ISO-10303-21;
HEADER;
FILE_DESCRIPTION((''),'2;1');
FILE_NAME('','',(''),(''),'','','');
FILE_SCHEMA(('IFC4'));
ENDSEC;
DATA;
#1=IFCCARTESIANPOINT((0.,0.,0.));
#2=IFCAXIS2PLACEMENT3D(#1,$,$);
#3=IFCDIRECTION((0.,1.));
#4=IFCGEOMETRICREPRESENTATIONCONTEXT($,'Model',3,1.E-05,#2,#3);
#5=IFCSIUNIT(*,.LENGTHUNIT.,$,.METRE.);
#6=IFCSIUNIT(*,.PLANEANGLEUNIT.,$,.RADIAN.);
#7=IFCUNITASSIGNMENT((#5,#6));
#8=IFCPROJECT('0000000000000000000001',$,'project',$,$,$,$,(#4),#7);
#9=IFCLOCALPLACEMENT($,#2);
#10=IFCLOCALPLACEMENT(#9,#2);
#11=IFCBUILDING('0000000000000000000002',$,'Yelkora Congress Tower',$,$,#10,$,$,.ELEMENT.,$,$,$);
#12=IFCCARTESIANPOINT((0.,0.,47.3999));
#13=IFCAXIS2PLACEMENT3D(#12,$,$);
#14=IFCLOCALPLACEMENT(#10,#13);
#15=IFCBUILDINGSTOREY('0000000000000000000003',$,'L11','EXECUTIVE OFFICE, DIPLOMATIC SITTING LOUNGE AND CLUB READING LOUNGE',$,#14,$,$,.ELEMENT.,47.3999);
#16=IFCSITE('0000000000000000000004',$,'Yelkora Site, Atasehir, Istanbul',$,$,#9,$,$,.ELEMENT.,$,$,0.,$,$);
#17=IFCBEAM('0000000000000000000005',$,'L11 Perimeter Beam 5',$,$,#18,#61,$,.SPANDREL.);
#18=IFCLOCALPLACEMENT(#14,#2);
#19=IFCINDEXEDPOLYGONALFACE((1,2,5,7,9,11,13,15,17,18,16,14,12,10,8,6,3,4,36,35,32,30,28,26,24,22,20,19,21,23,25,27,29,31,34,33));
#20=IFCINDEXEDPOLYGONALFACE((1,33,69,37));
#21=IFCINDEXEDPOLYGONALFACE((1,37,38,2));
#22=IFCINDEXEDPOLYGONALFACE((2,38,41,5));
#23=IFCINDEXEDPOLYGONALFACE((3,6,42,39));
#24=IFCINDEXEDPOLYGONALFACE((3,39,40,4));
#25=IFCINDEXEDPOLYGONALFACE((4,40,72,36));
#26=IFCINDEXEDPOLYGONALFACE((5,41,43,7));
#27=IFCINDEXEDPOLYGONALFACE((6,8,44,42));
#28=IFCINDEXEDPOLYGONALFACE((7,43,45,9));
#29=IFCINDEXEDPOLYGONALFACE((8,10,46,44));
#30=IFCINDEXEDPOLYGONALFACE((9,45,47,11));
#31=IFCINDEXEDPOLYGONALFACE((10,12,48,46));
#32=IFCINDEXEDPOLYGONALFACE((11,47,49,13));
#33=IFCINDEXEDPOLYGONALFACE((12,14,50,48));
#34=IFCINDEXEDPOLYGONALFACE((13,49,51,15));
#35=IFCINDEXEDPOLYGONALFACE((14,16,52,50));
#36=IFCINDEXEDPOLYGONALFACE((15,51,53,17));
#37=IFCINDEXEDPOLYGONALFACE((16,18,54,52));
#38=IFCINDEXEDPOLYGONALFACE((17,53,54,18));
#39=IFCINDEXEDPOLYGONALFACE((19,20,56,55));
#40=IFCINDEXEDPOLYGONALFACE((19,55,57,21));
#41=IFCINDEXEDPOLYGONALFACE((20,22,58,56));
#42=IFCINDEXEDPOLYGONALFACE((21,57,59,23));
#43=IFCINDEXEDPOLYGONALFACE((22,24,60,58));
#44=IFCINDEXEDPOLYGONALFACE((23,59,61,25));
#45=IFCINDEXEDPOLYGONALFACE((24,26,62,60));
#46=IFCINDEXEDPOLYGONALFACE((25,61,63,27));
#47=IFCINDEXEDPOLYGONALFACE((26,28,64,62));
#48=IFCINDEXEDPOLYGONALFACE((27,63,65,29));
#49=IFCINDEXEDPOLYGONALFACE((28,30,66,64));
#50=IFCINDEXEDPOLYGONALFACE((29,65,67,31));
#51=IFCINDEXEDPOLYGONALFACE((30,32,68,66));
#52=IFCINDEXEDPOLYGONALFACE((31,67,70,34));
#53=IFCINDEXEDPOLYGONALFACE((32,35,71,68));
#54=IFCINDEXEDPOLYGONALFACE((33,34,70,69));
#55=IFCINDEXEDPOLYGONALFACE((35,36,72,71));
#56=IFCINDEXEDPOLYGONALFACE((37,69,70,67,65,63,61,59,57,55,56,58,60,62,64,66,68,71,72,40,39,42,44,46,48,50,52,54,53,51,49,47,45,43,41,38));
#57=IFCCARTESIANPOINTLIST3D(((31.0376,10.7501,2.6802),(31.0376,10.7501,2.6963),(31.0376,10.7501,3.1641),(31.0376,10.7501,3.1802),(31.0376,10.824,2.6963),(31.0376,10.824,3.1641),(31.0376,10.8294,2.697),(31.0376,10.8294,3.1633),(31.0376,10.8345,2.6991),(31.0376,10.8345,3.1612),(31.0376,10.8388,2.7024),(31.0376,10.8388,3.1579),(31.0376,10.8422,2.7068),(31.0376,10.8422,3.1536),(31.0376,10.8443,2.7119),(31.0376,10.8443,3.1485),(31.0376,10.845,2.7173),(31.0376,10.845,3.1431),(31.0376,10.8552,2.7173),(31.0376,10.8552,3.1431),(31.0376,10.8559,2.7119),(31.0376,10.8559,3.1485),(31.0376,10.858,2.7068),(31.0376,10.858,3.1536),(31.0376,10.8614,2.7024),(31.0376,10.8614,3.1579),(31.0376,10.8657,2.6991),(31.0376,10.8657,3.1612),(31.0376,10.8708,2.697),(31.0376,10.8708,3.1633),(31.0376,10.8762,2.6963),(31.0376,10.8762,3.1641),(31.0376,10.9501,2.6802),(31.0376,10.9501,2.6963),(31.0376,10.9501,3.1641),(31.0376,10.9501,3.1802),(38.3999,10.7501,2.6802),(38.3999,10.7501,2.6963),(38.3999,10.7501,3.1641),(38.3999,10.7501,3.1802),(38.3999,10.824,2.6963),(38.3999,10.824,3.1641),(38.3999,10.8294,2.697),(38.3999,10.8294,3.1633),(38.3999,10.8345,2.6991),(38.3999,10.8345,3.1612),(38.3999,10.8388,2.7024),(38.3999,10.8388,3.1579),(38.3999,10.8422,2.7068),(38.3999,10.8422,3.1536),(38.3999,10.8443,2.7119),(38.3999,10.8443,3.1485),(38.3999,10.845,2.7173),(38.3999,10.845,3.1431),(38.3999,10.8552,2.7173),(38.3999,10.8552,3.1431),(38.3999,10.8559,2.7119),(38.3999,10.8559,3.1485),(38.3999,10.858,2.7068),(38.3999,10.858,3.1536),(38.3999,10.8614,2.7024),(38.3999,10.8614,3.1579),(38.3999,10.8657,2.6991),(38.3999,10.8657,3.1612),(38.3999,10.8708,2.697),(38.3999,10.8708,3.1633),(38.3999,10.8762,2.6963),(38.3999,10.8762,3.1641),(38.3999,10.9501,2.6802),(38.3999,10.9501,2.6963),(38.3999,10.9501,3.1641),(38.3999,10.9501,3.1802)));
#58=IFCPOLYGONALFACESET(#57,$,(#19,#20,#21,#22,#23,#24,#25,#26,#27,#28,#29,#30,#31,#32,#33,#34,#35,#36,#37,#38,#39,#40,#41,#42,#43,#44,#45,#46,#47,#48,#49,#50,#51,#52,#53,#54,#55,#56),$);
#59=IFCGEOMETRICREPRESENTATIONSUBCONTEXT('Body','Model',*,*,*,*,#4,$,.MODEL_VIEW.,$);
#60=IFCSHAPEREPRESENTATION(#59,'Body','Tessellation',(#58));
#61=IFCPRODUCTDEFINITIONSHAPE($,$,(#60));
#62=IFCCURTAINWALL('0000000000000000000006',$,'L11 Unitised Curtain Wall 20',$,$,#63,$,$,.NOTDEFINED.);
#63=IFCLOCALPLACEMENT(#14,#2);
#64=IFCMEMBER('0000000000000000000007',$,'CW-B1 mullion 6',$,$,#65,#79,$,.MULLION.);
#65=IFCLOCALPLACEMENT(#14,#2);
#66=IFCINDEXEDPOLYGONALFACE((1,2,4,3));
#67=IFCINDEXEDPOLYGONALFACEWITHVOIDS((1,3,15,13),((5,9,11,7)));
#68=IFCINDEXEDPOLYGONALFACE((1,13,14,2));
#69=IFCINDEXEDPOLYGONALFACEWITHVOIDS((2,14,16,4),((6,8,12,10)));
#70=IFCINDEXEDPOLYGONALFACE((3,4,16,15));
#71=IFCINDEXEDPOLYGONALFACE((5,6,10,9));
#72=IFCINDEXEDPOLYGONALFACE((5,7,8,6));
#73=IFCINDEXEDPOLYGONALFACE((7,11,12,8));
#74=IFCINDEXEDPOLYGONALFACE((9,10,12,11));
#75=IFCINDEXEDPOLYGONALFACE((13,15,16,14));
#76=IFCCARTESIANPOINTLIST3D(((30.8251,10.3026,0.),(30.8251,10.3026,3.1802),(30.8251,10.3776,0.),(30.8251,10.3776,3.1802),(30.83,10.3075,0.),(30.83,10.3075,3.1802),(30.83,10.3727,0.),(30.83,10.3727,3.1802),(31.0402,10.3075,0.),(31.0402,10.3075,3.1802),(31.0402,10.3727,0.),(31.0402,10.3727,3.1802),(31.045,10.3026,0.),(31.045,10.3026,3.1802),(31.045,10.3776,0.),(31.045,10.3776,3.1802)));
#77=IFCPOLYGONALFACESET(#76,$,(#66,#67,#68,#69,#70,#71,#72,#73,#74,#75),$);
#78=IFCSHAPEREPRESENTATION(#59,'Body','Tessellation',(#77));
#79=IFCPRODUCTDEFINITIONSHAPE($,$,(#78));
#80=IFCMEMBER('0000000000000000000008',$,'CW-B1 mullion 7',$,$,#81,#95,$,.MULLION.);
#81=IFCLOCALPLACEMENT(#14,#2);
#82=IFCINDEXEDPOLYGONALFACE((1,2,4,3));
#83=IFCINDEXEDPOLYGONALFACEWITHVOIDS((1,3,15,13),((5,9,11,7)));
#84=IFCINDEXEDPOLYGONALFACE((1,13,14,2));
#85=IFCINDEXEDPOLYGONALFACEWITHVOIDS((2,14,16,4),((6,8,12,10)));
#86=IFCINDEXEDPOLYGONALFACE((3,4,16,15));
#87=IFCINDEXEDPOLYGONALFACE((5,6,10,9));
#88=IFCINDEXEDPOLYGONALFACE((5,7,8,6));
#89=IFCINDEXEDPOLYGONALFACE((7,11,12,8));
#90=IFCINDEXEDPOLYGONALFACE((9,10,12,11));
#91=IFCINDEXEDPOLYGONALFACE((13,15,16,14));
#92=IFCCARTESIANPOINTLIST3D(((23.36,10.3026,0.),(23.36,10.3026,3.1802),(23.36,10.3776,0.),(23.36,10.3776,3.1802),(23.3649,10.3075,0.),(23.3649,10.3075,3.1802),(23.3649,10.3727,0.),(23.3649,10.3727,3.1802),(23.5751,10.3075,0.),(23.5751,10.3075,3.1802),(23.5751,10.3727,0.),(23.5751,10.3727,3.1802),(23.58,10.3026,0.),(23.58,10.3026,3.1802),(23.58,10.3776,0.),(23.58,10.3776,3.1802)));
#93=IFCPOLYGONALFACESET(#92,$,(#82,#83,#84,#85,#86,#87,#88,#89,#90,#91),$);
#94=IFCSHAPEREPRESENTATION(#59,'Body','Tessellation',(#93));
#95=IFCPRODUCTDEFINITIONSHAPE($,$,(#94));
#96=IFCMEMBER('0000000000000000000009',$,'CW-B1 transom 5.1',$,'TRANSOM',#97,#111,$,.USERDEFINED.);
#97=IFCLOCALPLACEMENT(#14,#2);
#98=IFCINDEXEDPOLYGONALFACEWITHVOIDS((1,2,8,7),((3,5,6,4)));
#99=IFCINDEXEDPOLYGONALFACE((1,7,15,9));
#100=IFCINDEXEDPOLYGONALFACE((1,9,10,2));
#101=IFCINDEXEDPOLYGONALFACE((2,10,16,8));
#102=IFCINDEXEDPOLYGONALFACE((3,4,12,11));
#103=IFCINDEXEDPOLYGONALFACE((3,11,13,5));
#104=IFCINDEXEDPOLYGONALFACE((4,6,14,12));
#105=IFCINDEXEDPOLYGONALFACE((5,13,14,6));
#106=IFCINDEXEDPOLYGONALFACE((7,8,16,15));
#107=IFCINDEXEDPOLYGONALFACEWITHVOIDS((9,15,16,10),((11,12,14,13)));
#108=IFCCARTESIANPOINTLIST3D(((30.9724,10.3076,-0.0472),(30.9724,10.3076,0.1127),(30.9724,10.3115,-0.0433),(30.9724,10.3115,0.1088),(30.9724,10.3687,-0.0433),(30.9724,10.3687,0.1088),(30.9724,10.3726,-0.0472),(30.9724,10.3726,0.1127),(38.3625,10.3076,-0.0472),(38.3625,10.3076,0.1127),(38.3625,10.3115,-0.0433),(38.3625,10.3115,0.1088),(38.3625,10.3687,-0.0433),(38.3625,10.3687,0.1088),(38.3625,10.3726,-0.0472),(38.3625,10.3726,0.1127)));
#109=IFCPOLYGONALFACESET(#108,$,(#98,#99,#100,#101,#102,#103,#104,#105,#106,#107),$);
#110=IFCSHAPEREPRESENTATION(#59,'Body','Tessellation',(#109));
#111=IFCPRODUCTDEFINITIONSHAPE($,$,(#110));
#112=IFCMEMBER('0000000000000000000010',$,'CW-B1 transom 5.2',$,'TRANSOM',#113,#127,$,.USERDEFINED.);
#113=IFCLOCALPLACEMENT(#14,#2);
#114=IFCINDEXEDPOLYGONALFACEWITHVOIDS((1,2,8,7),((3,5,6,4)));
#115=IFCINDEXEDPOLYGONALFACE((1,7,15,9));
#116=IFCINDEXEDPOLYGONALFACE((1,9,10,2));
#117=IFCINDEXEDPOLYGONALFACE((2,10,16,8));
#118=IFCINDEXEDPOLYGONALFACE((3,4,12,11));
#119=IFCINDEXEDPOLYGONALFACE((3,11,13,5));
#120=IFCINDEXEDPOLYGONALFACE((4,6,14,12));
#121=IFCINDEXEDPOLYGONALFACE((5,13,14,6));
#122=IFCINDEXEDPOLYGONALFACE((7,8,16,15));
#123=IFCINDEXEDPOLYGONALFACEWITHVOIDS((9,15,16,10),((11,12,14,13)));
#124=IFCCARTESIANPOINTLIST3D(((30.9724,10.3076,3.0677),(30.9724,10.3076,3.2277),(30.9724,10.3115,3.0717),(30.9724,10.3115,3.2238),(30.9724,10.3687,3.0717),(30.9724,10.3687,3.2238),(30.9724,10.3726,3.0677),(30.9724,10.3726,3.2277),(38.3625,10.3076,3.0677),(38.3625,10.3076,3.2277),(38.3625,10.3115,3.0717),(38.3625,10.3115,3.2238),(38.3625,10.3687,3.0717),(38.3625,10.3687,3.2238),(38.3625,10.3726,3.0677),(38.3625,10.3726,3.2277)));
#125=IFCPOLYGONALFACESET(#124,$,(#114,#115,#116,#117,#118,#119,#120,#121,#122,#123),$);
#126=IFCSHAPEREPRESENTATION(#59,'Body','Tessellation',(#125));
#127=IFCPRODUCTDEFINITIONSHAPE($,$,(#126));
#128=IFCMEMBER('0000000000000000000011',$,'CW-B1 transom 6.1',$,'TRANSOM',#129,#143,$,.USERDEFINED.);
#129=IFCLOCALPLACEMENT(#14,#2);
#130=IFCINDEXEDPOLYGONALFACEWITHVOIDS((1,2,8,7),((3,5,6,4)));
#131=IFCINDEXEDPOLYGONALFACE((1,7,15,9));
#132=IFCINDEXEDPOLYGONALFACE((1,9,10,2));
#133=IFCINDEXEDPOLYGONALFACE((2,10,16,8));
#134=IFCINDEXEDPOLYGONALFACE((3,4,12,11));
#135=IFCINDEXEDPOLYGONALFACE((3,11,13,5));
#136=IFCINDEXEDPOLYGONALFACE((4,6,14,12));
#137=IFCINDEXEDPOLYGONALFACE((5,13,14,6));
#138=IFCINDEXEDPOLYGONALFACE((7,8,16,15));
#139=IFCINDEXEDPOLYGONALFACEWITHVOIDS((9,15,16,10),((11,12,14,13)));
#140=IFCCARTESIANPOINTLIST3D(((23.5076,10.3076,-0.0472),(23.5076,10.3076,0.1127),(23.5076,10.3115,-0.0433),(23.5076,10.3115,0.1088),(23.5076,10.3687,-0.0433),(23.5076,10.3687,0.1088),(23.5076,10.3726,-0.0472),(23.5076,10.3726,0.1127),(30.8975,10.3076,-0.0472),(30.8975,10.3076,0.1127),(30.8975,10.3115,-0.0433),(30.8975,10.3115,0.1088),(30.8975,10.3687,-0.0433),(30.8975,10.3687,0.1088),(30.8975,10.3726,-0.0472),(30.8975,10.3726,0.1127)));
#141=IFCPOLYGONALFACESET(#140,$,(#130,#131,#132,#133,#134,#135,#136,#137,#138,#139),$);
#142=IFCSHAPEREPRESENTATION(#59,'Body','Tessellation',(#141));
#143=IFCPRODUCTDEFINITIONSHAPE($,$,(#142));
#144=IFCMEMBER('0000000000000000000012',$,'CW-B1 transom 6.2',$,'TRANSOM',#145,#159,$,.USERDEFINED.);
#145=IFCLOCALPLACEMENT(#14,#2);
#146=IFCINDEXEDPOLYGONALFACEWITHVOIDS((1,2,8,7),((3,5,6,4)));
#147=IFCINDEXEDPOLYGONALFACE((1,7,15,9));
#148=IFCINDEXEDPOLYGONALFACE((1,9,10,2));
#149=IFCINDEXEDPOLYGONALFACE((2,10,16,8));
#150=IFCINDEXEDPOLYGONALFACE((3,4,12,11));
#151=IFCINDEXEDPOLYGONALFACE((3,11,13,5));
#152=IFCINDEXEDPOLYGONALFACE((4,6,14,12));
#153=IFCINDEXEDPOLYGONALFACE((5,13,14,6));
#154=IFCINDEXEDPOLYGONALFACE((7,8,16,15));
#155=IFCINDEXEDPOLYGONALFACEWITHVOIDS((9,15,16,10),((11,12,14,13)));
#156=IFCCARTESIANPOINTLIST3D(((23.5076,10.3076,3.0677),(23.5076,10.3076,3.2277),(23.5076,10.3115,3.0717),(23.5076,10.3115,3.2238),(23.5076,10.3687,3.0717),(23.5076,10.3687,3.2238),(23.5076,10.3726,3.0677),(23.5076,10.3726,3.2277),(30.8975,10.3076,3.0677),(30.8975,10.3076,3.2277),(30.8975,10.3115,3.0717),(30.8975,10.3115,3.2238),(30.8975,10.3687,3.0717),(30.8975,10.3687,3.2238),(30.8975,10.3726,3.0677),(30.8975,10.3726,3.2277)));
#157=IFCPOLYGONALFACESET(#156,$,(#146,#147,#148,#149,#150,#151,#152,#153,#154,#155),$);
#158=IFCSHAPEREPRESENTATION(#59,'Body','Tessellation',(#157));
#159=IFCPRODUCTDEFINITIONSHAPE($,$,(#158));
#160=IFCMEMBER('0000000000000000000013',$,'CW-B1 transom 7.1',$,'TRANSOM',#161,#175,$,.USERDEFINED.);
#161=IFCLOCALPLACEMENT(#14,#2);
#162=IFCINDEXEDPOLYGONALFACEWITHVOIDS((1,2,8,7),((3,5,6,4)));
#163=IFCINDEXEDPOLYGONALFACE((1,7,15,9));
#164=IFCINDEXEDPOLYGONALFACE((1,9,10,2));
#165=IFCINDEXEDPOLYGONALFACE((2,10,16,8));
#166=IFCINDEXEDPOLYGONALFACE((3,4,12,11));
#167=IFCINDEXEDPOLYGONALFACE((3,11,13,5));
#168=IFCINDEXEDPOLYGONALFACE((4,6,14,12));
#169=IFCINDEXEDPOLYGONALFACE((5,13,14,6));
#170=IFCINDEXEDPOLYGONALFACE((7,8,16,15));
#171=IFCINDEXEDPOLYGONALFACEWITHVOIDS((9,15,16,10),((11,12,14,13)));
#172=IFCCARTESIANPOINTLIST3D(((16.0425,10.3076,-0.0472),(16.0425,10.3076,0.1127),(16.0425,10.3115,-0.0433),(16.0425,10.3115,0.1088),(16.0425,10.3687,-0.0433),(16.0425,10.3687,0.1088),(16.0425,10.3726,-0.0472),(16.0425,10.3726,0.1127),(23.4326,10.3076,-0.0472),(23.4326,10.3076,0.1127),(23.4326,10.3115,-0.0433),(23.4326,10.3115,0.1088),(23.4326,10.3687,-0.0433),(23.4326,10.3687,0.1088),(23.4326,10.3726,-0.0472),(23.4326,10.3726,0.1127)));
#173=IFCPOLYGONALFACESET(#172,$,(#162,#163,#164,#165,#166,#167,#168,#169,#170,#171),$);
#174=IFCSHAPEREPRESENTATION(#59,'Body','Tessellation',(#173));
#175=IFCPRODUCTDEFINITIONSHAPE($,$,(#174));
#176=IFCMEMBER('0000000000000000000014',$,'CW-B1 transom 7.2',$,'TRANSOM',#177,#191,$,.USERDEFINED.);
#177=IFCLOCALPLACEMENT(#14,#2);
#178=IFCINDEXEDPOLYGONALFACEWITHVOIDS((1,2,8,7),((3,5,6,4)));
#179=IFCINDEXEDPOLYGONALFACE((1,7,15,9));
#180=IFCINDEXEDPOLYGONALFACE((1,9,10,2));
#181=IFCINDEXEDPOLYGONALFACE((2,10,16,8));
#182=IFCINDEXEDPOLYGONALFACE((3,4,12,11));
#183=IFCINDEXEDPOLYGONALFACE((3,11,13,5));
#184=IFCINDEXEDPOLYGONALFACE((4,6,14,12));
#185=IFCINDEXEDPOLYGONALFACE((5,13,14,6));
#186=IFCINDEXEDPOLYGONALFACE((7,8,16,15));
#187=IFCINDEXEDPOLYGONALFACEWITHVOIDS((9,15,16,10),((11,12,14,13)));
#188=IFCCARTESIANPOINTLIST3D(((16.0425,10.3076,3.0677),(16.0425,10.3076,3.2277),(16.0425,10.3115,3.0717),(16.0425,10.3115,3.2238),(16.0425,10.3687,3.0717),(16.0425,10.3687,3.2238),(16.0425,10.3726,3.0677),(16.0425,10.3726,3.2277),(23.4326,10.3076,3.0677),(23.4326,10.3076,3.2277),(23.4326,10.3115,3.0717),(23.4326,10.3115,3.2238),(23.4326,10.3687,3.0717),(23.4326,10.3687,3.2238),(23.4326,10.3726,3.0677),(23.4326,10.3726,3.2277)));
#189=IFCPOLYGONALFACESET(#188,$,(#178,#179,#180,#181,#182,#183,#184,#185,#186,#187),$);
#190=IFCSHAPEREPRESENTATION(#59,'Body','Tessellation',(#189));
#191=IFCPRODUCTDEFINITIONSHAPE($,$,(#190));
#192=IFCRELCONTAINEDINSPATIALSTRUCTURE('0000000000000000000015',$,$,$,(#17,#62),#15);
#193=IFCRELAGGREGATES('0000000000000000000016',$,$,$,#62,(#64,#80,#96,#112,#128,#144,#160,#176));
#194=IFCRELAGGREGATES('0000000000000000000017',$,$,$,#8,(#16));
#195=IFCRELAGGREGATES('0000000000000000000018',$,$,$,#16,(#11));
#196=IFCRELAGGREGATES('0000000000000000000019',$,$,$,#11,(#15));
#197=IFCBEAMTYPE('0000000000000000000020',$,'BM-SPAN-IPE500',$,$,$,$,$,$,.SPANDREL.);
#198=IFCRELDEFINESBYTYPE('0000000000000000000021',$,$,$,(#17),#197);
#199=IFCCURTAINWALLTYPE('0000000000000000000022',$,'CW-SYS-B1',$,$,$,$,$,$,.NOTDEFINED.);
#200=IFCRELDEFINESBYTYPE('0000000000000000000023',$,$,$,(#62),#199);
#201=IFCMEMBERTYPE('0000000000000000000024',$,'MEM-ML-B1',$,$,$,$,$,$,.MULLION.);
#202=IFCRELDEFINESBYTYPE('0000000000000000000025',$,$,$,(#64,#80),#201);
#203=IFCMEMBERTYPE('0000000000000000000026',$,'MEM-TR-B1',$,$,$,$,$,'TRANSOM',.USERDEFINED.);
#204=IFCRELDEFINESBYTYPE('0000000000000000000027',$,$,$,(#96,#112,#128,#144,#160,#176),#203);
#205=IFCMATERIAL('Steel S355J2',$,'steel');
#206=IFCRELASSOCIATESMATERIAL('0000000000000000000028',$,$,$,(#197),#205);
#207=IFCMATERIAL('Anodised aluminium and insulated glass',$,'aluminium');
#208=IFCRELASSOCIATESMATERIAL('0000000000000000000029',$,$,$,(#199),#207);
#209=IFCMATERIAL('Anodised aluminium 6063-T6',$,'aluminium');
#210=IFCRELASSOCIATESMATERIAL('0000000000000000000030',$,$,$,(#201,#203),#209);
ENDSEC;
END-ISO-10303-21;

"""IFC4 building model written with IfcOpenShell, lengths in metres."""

from ifc_helpers import new_model, si_unit, direction, frame, origin, origin_2d, place, context, subcontext, project, spatial, hollow_rectangle, i_section, extrude, material, material_profile, profile_set, type_object, element, aggregate, save


model = new_model("IFC4")

# Units and contexts
model_context = context("Model", 3, precision=1e-05, world=origin(), true_north=direction((0.0, 1.0)))
body_context = subcontext(model_context, "Body", "Model", "MODEL_VIEW")
ifc_project = project(units=[si_unit("LENGTHUNIT", "METRE"), si_unit("PLANEANGLEUNIT", "RADIAN")], contexts=[model_context])

# Site, building, storey
site_placement = place(None, origin())
site = spatial("IfcSite", under=ifc_project, at=site_placement, Name="Yelkora Site, Atasehir, Istanbul", CompositionType="ELEMENT", RefElevation=0.0)
building_placement = place(site_placement, origin())
building = spatial("IfcBuilding", under=site, at=building_placement, Name="Yelkora Congress Tower", CompositionType="ELEMENT")
storey_placement = place(building_placement, frame((0.0, 0.0, 47.3999)))
storey = spatial("IfcBuildingStorey", under=building, at=storey_placement, Name="L11", Description="EXECUTIVE OFFICE, DIPLOMATIC SITTING LOUNGE AND CLUB READING LOUNGE", CompositionType="ELEMENT", Elevation=47.3999)

# Beam
ifc_material_1 = material(Name="Steel S355J2", Category="steel")
ifc_material_profile_1 = material_profile(ifc_material_1, i_section(OverallWidth=0.2, OverallDepth=0.5, WebThickness=0.0103, FlangeThickness=0.0161, FilletRadius=0.021, at=origin_2d()), Name="IPE 500")
ifc_profile_set_1 = profile_set([ifc_material_profile_1], Name="Steel S355J2")
beam_type_1 = type_object("IfcBeamType", Name="BM-SPAN-IPE500", PredefinedType="SPANDREL", material=ifc_profile_set_1)
beam_1_placement = place(storey_placement, frame((31.0376, 10.8501, 2.9302), z_axis=(1.0, 0.0, 0.0), x_axis=(0.0, 1.0, 0.0)))
element("IfcBeam", 1, at=beam_1_placement, inside=storey, type_object=beam_type_1, Name="L11 Perimeter Beam 5", PredefinedType="SPANDREL", context=body_context, shape_type="SweptSolid", body=[
    extrude(i_section(OverallWidth=0.2, OverallDepth=0.5, WebThickness=0.0103, FlangeThickness=0.0161, FilletRadius=0.021, at=origin_2d()), origin(), (0.0, 0.0, 1.0), 7.3623),
])

# Curtain wall, members
ifc_material_2 = material(Name="Anodised aluminium and insulated glass", Category="aluminium")
curtain_wall_type = type_object("IfcCurtainWallType", Name="CW-SYS-B1", PredefinedType="NOTDEFINED", material=ifc_material_2)
curtain_wall_placement = place(storey_placement, origin())
curtain_wall = element("IfcCurtainWall", 2, at=curtain_wall_placement, inside=storey, type_object=curtain_wall_type, Name="L11 Unitised Curtain Wall 20", PredefinedType="NOTDEFINED")
ifc_material_3 = material(Name="Anodised aluminium 6063-T6", Category="aluminium")
ifc_material_profile_2 = material_profile(ifc_material_3, hollow_rectangle(XDim=0.075, YDim=0.22, WallThickness=0.0049, at=origin_2d()), Name="ALU 75x220x5")
ifc_profile_set_2 = profile_set([ifc_material_profile_2], Name="Anodised aluminium 6063-T6")
member_type_1 = type_object("IfcMemberType", Name="MEM-ML-B1", PredefinedType="MULLION", material=ifc_profile_set_2)
member_1_placement = place(storey_placement, frame((30.9351, 10.3401, 0.0), z_axis=(0.0, 0.0, 1.0), x_axis=(0.0, -1.0, 0.0)))
member_1 = element("IfcMember", 3, at=member_1_placement, type_object=member_type_1, Name="CW-B1 mullion 6", PredefinedType="MULLION", context=body_context, shape_type="SweptSolid", body=[
    extrude(hollow_rectangle(XDim=0.075, YDim=0.22, WallThickness=0.0049, at=origin_2d()), origin(), (0.0, 0.0, 1.0), 3.1802),
])
member_2_placement = place(storey_placement, frame((23.47, 10.3401, 0.0), z_axis=(0.0, 0.0, 1.0), x_axis=(0.0, -1.0, 0.0)))
member_2 = element("IfcMember", 4, at=member_2_placement, type_object=member_type_1, Name="CW-B1 mullion 7", PredefinedType="MULLION", context=body_context, shape_type="SweptSolid", body=[
    extrude(hollow_rectangle(XDim=0.075, YDim=0.22, WallThickness=0.0049, at=origin_2d()), origin(), (0.0, 0.0, 1.0), 3.1802),
])
ifc_material_profile_3 = material_profile(ifc_material_3, hollow_rectangle(XDim=0.0649, YDim=0.1599, WallThickness=0.0039, at=origin_2d()), Name="ALU 65x160x4")
ifc_profile_set_3 = profile_set([ifc_material_profile_3], Name="Anodised aluminium 6063-T6")
member_type_2 = type_object("IfcMemberType", Name="MEM-TR-B1", ElementType="TRANSOM", PredefinedType="USERDEFINED", material=ifc_profile_set_3)
member_3_placement = place(storey_placement, frame((38.3625, 10.3401, 0.0327), z_axis=(-1.0, 0.0, 0.0), x_axis=(0.0, -1.0, 0.0)))
member_3 = element("IfcMember", 5, at=member_3_placement, type_object=member_type_2, Name="CW-B1 transom 5.1", ObjectType="TRANSOM", PredefinedType="USERDEFINED", context=body_context, shape_type="SweptSolid", body=[
    extrude(hollow_rectangle(XDim=0.0649, YDim=0.1599, WallThickness=0.0039, at=origin_2d()), origin(), (0.0, 0.0, 1.0), 7.3901),
])
member_4_placement = place(storey_placement, frame((38.3625, 10.3401, 3.1477), z_axis=(-1.0, 0.0, 0.0), x_axis=(0.0, -1.0, 0.0)))
member_4 = element("IfcMember", 6, at=member_4_placement, type_object=member_type_2, Name="CW-B1 transom 5.2", ObjectType="TRANSOM", PredefinedType="USERDEFINED", context=body_context, shape_type="SweptSolid", body=[
    extrude(hollow_rectangle(XDim=0.0649, YDim=0.1599, WallThickness=0.0039, at=origin_2d()), origin(), (0.0, 0.0, 1.0), 7.3901),
])
member_5_placement = place(storey_placement, frame((30.8975, 10.3401, 0.0327), z_axis=(-1.0, 0.0, 0.0), x_axis=(0.0, -1.0, 0.0)))
member_5 = element("IfcMember", 7, at=member_5_placement, type_object=member_type_2, Name="CW-B1 transom 6.1", ObjectType="TRANSOM", PredefinedType="USERDEFINED", context=body_context, shape_type="SweptSolid", body=[
    extrude(hollow_rectangle(XDim=0.0649, YDim=0.1599, WallThickness=0.0039, at=origin_2d()), origin(), (0.0, 0.0, 1.0), 7.3899),
])
member_6_placement = place(storey_placement, frame((30.8975, 10.3401, 3.1477), z_axis=(-1.0, 0.0, 0.0), x_axis=(0.0, -1.0, 0.0)))
member_6 = element("IfcMember", 8, at=member_6_placement, type_object=member_type_2, Name="CW-B1 transom 6.2", ObjectType="TRANSOM", PredefinedType="USERDEFINED", context=body_context, shape_type="SweptSolid", body=[
    extrude(hollow_rectangle(XDim=0.0649, YDim=0.1599, WallThickness=0.0039, at=origin_2d()), origin(), (0.0, 0.0, 1.0), 7.3899),
])
member_7_placement = place(storey_placement, frame((23.4326, 10.3401, 0.0327), z_axis=(-1.0, 0.0, 0.0), x_axis=(0.0, -1.0, 0.0)))
member_7 = element("IfcMember", 9, at=member_7_placement, type_object=member_type_2, Name="CW-B1 transom 7.1", ObjectType="TRANSOM", PredefinedType="USERDEFINED", context=body_context, shape_type="SweptSolid", body=[
    extrude(hollow_rectangle(XDim=0.0649, YDim=0.1599, WallThickness=0.0039, at=origin_2d()), origin(), (0.0, 0.0, 1.0), 7.3901),
])
member_8_placement = place(storey_placement, frame((23.4326, 10.3401, 3.1477), z_axis=(-1.0, 0.0, 0.0), x_axis=(0.0, -1.0, 0.0)))
member_8 = element("IfcMember", 10, at=member_8_placement, type_object=member_type_2, Name="CW-B1 transom 7.2", ObjectType="TRANSOM", PredefinedType="USERDEFINED", context=body_context, shape_type="SweptSolid", body=[
    extrude(hollow_rectangle(XDim=0.0649, YDim=0.1599, WallThickness=0.0039, at=origin_2d()), origin(), (0.0, 0.0, 1.0), 7.3901),
])
aggregate(curtain_wall, [member_1, member_2, member_3, member_4, member_5, member_6, member_7, member_8])

save(model, "model.ifc")
